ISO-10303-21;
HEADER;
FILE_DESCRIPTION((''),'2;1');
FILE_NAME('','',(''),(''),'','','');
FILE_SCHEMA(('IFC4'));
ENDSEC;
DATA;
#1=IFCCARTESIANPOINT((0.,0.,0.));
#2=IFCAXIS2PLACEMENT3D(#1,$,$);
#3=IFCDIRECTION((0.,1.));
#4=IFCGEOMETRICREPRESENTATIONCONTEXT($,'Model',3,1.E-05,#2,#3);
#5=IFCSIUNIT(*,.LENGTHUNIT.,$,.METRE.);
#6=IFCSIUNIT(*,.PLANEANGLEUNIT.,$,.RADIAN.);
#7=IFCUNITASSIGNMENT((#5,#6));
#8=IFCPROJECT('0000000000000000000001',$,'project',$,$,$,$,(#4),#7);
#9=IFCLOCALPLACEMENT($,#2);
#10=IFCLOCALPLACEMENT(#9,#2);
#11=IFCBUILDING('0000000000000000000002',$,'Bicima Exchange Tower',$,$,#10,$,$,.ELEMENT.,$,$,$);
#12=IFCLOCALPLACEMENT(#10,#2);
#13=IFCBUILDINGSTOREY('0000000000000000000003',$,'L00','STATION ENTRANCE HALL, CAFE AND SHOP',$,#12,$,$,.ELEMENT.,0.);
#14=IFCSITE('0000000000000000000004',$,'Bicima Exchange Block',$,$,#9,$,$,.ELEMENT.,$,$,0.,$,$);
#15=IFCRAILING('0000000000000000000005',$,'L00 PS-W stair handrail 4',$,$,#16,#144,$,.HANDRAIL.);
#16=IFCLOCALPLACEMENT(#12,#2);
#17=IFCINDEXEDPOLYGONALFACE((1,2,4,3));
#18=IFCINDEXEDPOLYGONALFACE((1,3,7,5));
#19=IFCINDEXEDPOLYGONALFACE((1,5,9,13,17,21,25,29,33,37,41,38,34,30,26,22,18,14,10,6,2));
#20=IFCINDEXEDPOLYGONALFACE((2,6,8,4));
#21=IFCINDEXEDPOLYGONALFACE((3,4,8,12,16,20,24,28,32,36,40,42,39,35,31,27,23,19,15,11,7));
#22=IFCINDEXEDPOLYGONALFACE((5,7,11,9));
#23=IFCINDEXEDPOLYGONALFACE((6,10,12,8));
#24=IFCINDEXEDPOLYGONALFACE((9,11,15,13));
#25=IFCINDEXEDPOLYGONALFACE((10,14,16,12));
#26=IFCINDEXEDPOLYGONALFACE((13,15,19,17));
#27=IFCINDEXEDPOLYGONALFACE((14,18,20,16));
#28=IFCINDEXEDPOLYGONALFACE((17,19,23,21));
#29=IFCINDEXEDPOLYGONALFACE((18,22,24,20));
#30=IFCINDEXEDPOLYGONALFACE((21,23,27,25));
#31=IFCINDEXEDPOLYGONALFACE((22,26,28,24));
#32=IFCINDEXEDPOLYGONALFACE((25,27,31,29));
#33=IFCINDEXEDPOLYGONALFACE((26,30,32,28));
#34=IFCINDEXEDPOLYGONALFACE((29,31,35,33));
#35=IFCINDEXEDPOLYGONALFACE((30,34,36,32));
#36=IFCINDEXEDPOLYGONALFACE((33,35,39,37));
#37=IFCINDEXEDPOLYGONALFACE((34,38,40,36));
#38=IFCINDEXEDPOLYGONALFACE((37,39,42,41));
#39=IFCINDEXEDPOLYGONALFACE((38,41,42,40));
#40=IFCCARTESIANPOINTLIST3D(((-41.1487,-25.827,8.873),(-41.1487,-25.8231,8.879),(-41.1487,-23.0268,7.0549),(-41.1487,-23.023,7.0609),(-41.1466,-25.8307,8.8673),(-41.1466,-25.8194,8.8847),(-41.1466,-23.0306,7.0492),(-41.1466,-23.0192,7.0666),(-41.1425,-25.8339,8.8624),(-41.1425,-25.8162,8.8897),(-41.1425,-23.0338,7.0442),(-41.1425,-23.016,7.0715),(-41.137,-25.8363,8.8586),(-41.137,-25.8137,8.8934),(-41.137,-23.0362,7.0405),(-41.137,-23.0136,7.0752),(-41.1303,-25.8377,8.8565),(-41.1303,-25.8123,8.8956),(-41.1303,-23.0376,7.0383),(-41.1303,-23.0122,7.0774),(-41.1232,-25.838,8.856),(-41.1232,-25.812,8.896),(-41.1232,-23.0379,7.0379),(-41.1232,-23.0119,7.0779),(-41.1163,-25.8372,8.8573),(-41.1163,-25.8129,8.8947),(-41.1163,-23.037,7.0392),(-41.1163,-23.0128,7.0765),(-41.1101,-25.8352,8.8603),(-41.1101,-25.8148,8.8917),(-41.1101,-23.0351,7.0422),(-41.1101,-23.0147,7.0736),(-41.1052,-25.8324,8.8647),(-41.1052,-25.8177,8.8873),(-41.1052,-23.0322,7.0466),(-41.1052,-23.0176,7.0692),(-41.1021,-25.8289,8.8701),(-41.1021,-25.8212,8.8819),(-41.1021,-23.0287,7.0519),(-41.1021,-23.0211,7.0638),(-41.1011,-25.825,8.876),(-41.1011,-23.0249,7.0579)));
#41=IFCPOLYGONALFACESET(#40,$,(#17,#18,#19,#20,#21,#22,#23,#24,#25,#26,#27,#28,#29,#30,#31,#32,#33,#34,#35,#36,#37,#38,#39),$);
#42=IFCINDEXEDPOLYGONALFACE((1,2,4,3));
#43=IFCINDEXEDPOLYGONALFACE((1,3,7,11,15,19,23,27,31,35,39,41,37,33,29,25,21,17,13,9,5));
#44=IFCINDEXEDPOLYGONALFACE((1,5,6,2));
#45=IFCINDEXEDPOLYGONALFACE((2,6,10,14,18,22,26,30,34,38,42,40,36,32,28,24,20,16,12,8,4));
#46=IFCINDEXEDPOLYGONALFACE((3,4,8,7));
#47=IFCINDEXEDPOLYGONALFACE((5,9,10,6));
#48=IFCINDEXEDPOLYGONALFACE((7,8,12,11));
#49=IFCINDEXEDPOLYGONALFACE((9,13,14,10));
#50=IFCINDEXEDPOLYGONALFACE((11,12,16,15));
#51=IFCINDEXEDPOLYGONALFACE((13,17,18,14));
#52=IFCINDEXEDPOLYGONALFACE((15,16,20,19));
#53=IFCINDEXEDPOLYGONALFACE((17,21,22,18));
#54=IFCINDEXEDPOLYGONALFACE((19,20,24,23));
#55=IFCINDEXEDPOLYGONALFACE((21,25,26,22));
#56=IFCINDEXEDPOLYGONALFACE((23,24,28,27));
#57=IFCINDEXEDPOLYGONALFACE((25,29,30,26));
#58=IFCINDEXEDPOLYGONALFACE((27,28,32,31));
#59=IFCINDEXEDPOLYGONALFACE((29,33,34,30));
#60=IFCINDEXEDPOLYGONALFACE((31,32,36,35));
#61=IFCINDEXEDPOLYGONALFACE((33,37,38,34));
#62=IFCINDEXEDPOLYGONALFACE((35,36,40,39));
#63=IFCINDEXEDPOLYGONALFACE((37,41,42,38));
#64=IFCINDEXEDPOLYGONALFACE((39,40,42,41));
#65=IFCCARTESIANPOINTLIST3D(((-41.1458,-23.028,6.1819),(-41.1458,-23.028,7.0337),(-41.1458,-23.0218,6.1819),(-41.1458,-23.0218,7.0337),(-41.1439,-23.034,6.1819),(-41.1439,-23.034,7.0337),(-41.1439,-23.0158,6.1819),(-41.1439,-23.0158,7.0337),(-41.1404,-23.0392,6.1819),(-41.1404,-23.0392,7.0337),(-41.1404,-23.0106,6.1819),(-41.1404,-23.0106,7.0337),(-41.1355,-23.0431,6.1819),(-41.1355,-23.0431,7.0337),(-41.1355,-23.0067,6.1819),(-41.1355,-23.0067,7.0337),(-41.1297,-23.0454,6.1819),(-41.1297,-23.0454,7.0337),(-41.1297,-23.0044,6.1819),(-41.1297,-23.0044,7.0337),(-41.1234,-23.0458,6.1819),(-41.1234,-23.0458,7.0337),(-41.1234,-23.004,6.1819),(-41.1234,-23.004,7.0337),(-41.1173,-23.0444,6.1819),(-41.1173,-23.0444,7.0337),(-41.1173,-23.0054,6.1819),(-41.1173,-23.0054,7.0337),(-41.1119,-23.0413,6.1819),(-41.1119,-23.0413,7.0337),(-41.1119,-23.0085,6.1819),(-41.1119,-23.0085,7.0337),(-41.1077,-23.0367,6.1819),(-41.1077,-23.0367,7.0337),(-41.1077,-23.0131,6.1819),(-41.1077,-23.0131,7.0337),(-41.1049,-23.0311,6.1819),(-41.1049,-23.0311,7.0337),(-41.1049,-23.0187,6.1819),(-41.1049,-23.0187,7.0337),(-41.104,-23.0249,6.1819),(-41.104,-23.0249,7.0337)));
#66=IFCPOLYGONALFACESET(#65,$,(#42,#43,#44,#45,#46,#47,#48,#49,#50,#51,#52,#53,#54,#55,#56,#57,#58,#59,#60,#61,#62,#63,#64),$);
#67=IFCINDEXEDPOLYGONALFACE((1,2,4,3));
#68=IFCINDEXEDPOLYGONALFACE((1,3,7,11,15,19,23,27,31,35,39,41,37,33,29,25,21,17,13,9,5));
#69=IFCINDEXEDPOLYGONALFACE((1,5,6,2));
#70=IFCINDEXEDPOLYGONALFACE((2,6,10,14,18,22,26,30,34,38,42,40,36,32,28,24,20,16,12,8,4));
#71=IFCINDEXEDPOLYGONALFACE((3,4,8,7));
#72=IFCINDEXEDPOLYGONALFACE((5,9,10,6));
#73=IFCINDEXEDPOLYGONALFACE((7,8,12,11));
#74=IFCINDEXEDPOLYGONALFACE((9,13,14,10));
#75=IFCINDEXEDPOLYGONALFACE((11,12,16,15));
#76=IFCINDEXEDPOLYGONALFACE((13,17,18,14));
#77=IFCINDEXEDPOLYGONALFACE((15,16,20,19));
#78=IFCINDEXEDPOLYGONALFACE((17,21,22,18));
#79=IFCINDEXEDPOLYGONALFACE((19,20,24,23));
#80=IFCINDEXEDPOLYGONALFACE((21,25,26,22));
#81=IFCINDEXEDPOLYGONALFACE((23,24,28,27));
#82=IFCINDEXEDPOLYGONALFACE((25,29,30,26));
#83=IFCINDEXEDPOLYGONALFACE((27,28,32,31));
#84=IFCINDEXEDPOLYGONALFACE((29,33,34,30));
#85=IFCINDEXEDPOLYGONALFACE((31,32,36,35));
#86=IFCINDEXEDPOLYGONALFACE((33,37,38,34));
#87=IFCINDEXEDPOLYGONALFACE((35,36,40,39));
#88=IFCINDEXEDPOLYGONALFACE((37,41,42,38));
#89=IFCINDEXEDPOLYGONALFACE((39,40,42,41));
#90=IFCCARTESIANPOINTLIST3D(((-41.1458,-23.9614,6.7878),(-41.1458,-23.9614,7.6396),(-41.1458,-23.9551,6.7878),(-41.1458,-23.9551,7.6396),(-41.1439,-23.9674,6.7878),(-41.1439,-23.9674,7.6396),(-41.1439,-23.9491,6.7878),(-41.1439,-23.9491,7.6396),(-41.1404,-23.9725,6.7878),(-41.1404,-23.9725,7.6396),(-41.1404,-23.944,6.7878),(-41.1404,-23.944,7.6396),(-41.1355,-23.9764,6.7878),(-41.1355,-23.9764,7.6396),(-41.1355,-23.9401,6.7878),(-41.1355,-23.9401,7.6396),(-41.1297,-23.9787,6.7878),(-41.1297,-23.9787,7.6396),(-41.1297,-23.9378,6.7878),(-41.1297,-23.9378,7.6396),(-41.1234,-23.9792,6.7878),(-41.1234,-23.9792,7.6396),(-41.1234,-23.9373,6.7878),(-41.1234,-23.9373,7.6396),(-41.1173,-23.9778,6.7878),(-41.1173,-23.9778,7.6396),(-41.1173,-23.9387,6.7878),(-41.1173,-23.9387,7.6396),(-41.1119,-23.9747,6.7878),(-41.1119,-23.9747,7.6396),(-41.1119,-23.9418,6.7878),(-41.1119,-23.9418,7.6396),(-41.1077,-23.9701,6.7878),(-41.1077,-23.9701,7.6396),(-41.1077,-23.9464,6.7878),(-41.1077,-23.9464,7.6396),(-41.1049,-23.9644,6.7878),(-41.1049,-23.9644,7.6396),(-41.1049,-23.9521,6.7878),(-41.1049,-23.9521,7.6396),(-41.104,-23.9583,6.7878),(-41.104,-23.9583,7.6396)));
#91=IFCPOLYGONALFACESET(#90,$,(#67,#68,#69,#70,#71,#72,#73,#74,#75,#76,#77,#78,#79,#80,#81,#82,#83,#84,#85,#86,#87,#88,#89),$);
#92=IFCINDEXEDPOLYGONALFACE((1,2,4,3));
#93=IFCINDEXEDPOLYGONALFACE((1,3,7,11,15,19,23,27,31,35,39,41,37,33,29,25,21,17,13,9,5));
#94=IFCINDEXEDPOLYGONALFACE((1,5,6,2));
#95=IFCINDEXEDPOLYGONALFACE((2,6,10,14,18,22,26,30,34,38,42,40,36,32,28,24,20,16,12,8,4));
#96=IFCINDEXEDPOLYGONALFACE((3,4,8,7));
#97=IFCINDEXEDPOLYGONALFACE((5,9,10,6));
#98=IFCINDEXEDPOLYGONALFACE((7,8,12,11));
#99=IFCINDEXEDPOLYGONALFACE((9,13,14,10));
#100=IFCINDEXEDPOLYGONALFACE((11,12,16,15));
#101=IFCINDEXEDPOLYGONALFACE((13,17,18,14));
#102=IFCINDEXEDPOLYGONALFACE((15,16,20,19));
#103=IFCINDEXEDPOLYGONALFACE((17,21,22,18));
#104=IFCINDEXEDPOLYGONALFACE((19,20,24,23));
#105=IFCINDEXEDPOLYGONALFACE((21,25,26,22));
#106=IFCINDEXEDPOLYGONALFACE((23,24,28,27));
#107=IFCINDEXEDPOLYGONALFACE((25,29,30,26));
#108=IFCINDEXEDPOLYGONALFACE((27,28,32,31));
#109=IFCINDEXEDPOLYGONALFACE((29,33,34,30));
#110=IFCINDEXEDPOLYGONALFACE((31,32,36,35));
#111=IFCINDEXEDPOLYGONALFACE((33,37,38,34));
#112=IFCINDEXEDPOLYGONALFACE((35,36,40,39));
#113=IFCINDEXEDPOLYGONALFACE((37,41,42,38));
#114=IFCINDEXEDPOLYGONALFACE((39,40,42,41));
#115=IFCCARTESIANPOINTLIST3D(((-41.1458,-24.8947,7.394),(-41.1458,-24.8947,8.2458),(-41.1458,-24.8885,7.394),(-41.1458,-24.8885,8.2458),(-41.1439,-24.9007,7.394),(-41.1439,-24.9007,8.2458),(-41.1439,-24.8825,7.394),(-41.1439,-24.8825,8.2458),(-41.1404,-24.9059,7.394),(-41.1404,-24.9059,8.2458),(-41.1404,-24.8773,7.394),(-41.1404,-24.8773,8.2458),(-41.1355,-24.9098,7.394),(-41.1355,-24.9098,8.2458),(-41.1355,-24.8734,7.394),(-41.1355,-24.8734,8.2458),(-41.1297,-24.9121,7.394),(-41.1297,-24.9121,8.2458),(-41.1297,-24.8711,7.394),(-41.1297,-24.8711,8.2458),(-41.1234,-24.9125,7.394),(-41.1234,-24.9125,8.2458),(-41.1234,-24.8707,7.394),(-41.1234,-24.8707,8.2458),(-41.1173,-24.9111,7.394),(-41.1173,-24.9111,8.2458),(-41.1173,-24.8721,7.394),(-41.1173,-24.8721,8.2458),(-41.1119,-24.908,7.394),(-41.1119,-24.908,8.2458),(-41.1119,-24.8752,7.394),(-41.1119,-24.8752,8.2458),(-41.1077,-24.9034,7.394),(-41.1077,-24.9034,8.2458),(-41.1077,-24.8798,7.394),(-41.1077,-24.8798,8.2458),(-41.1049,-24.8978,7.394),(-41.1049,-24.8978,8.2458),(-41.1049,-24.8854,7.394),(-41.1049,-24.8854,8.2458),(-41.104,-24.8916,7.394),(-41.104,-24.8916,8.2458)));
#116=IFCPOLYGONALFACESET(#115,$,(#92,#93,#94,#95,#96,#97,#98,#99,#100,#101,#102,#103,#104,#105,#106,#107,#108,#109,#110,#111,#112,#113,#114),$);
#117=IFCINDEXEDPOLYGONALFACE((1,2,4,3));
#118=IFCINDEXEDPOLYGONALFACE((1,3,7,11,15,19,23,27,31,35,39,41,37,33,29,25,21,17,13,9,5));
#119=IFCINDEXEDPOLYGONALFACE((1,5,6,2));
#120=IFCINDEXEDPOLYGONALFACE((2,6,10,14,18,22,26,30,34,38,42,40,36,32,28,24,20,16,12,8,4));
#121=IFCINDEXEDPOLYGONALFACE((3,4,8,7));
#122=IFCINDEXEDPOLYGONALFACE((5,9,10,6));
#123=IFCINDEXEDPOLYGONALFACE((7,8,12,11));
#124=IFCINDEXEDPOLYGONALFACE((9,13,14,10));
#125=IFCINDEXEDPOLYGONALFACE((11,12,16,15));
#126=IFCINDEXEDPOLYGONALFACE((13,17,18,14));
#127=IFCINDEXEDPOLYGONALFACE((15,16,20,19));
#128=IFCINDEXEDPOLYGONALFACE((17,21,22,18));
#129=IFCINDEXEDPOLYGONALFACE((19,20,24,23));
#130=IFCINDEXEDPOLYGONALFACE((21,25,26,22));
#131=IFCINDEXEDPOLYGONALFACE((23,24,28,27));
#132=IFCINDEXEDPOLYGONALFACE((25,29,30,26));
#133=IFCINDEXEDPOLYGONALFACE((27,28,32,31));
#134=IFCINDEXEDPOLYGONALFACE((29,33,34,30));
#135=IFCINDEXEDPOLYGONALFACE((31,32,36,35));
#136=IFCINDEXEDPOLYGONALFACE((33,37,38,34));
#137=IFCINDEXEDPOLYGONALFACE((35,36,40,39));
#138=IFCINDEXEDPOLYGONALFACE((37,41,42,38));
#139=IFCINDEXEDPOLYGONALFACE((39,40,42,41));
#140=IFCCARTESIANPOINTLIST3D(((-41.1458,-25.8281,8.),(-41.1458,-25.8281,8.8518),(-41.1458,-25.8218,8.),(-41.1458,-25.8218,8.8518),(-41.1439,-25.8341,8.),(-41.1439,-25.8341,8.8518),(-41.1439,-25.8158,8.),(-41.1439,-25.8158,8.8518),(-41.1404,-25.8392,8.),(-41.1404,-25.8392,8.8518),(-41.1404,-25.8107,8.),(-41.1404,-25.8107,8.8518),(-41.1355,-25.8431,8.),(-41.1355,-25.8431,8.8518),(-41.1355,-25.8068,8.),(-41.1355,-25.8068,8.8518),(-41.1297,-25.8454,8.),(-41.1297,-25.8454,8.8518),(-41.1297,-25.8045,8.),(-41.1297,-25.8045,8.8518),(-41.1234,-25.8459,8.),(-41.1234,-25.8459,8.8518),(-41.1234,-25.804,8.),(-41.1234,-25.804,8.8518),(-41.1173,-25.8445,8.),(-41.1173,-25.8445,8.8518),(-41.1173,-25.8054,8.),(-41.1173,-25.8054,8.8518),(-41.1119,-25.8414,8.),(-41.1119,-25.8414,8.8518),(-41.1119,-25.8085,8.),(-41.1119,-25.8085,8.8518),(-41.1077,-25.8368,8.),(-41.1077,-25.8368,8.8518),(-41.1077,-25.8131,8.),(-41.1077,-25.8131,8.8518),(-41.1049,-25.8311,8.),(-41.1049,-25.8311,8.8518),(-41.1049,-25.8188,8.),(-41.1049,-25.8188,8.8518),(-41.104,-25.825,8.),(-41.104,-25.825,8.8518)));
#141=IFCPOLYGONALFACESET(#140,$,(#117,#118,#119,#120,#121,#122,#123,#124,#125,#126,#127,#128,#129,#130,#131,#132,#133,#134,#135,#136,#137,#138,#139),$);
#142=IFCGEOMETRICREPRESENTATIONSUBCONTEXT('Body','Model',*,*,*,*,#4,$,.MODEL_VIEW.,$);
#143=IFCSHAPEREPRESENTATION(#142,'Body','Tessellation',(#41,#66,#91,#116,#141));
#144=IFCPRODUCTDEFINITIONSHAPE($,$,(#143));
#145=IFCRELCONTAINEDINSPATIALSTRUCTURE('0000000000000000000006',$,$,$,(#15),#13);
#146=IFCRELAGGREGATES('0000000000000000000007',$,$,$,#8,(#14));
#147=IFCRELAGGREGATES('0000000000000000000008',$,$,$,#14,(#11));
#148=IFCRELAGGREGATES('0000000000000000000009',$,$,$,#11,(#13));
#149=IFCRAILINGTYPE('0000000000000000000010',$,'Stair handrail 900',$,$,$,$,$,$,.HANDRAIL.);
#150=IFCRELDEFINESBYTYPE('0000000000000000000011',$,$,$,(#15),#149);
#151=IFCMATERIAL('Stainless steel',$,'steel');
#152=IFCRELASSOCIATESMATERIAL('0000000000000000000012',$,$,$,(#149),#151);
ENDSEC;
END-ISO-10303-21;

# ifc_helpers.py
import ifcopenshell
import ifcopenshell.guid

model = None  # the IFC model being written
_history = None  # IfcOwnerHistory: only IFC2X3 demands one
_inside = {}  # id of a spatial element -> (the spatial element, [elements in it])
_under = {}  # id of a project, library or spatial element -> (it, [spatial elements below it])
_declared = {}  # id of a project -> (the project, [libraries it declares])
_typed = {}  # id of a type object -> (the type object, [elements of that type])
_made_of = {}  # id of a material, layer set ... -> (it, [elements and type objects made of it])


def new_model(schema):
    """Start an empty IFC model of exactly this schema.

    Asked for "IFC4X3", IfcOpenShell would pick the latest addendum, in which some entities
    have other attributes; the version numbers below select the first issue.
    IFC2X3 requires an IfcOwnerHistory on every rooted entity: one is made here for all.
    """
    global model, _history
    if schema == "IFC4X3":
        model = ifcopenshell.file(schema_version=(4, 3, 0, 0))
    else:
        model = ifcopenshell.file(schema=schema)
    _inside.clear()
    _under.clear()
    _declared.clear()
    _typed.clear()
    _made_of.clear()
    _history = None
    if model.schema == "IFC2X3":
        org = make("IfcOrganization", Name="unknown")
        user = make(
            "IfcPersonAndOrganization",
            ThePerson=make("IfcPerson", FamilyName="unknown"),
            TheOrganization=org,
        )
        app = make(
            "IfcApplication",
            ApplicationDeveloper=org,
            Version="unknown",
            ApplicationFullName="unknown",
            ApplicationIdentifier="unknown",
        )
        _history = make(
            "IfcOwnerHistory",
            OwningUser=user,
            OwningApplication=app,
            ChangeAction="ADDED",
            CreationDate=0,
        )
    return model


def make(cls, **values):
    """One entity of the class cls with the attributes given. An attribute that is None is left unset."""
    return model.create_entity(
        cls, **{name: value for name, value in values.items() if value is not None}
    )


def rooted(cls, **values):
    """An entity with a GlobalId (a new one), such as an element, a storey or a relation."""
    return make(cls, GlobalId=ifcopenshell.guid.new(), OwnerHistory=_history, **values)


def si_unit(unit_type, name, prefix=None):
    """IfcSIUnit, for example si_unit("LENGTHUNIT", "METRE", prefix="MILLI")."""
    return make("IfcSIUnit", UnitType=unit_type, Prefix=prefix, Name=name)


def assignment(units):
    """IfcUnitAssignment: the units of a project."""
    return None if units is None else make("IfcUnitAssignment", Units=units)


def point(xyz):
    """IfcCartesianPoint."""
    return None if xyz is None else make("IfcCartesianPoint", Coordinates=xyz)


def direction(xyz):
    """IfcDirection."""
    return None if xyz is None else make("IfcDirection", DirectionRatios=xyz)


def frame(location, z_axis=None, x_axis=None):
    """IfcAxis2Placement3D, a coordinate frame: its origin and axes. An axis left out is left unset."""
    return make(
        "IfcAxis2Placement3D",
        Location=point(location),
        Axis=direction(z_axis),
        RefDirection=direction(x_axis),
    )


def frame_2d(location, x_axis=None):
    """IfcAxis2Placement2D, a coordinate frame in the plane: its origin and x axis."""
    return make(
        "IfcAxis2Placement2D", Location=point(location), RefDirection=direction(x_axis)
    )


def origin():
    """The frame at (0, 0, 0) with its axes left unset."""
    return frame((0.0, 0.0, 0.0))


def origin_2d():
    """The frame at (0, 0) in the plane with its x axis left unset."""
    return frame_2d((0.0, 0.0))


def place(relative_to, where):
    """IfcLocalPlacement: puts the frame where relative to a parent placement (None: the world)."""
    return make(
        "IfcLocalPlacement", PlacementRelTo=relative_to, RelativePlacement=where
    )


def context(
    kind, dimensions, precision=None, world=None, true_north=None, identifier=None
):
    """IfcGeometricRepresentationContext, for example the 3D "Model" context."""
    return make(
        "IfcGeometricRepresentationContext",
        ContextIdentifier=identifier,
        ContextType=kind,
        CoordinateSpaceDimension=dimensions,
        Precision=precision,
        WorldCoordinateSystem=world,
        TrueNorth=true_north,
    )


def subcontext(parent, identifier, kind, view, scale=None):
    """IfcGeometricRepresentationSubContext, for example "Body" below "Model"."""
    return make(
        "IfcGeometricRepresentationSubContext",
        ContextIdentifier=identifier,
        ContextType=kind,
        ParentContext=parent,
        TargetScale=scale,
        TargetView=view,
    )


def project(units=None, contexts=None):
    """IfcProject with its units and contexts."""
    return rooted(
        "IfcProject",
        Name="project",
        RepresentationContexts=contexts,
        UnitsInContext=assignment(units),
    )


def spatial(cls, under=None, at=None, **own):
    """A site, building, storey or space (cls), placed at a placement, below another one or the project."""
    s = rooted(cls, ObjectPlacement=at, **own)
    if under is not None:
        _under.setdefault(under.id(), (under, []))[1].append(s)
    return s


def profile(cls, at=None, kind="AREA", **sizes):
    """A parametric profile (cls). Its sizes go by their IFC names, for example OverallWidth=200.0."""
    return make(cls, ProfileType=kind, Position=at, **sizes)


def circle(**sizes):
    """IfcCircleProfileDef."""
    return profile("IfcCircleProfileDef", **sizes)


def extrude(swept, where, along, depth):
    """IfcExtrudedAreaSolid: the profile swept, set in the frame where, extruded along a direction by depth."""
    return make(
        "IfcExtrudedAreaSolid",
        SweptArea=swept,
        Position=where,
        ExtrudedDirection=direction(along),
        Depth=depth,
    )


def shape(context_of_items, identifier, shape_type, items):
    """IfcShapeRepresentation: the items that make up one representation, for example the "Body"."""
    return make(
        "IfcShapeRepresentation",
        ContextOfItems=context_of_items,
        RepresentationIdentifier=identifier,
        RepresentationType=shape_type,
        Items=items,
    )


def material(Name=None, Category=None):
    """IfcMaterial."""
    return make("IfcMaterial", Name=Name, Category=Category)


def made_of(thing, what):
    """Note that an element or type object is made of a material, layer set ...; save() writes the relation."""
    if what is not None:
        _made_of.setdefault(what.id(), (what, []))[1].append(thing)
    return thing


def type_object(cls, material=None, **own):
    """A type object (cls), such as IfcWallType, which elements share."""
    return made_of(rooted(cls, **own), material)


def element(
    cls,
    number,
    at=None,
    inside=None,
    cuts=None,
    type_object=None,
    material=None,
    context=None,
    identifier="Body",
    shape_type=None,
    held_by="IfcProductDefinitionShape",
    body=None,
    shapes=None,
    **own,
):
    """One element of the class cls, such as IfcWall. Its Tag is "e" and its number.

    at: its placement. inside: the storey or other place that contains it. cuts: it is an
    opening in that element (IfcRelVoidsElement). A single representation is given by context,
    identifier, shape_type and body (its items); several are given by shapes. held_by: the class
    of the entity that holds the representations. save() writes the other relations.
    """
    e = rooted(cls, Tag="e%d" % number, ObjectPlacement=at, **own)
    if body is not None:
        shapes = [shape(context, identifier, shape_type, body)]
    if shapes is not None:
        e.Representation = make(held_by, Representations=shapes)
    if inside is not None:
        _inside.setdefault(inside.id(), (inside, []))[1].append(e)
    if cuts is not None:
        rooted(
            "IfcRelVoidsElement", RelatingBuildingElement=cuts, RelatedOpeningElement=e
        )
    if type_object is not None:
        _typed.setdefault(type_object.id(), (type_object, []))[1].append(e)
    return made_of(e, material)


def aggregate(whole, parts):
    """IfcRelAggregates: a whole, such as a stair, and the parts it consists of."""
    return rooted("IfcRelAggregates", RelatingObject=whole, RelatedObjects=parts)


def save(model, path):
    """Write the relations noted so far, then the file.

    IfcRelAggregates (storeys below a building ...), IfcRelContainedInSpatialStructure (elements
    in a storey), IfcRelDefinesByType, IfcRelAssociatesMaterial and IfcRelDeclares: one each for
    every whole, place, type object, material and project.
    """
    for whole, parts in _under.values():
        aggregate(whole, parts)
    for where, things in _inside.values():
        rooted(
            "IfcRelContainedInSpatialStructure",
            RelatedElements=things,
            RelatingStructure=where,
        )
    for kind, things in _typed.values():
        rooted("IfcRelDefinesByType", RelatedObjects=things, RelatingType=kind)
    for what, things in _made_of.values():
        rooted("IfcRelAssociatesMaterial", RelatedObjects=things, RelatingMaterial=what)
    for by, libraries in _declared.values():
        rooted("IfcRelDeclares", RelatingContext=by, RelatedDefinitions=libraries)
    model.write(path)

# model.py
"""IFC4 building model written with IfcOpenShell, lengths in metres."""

from ifc_helpers import new_model, si_unit, direction, frame, origin, origin_2d, place, context, subcontext, project, spatial, circle, extrude, material, type_object, element, save


model = new_model("IFC4")

# Units and contexts
model_context = context("Model", 3, precision=1e-05, world=origin(), true_north=direction((0.0, 1.0)))
body_context = subcontext(model_context, "Body", "Model", "MODEL_VIEW")
ifc_project = project(units=[si_unit("LENGTHUNIT", "METRE"), si_unit("PLANEANGLEUNIT", "RADIAN")], contexts=[model_context])

# Site, building, storey
site_placement = place(None, origin())
site = spatial("IfcSite", under=ifc_project, at=site_placement, Name="Bicima Exchange Block", CompositionType="ELEMENT", RefElevation=0.0)
building_placement = place(site_placement, origin())
building = spatial("IfcBuilding", under=site, at=building_placement, Name="Bicima Exchange Tower", CompositionType="ELEMENT")
storey_placement = place(building_placement, origin())
storey = spatial("IfcBuildingStorey", under=building, at=storey_placement, Name="L00", Description="STATION ENTRANCE HALL, CAFE AND SHOP", CompositionType="ELEMENT", Elevation=0.0)

# Railing
ifc_material_1 = material(Name="Stainless steel", Category="steel")
railing_type_1 = type_object("IfcRailingType", Name="Stair handrail 900", PredefinedType="HANDRAIL", material=ifc_material_1)
railing_1_placement = place(storey_placement, frame((-41.125, -23.0249, 6.1819)))
element("IfcRailing", 1, at=railing_1_placement, inside=storey, type_object=railing_type_1, Name="L00 PS-W stair handrail 4", PredefinedType="HANDRAIL", context=body_context, shape_type="SweptSolid", body=[
    extrude(circle(Radius=0.0239, at=origin_2d()), frame((0.0, 0.0, 0.876), z_axis=(0.0, -0.838706, 0.544585), x_axis=(1.0, 0.0, 0.0)), (0.0, 0.0, 1.0), 3.3386),
    extrude(circle(Radius=0.021, at=origin_2d()), origin(), (0.0, 0.0, 1.0), 0.8518),
    extrude(circle(Radius=0.021, at=origin_2d()), frame((0.0, -0.9333, 0.606)), (0.0, 0.0, 1.0), 0.8518),
    extrude(circle(Radius=0.021, at=origin_2d()), frame((0.0, -1.8667, 1.2122)), (0.0, 0.0, 1.0), 0.8518),
    extrude(circle(Radius=0.021, at=origin_2d()), frame((0.0, -2.8, 1.8181)), (0.0, 0.0, 1.0), 0.8518),
])

save(model, "model.ifc")
